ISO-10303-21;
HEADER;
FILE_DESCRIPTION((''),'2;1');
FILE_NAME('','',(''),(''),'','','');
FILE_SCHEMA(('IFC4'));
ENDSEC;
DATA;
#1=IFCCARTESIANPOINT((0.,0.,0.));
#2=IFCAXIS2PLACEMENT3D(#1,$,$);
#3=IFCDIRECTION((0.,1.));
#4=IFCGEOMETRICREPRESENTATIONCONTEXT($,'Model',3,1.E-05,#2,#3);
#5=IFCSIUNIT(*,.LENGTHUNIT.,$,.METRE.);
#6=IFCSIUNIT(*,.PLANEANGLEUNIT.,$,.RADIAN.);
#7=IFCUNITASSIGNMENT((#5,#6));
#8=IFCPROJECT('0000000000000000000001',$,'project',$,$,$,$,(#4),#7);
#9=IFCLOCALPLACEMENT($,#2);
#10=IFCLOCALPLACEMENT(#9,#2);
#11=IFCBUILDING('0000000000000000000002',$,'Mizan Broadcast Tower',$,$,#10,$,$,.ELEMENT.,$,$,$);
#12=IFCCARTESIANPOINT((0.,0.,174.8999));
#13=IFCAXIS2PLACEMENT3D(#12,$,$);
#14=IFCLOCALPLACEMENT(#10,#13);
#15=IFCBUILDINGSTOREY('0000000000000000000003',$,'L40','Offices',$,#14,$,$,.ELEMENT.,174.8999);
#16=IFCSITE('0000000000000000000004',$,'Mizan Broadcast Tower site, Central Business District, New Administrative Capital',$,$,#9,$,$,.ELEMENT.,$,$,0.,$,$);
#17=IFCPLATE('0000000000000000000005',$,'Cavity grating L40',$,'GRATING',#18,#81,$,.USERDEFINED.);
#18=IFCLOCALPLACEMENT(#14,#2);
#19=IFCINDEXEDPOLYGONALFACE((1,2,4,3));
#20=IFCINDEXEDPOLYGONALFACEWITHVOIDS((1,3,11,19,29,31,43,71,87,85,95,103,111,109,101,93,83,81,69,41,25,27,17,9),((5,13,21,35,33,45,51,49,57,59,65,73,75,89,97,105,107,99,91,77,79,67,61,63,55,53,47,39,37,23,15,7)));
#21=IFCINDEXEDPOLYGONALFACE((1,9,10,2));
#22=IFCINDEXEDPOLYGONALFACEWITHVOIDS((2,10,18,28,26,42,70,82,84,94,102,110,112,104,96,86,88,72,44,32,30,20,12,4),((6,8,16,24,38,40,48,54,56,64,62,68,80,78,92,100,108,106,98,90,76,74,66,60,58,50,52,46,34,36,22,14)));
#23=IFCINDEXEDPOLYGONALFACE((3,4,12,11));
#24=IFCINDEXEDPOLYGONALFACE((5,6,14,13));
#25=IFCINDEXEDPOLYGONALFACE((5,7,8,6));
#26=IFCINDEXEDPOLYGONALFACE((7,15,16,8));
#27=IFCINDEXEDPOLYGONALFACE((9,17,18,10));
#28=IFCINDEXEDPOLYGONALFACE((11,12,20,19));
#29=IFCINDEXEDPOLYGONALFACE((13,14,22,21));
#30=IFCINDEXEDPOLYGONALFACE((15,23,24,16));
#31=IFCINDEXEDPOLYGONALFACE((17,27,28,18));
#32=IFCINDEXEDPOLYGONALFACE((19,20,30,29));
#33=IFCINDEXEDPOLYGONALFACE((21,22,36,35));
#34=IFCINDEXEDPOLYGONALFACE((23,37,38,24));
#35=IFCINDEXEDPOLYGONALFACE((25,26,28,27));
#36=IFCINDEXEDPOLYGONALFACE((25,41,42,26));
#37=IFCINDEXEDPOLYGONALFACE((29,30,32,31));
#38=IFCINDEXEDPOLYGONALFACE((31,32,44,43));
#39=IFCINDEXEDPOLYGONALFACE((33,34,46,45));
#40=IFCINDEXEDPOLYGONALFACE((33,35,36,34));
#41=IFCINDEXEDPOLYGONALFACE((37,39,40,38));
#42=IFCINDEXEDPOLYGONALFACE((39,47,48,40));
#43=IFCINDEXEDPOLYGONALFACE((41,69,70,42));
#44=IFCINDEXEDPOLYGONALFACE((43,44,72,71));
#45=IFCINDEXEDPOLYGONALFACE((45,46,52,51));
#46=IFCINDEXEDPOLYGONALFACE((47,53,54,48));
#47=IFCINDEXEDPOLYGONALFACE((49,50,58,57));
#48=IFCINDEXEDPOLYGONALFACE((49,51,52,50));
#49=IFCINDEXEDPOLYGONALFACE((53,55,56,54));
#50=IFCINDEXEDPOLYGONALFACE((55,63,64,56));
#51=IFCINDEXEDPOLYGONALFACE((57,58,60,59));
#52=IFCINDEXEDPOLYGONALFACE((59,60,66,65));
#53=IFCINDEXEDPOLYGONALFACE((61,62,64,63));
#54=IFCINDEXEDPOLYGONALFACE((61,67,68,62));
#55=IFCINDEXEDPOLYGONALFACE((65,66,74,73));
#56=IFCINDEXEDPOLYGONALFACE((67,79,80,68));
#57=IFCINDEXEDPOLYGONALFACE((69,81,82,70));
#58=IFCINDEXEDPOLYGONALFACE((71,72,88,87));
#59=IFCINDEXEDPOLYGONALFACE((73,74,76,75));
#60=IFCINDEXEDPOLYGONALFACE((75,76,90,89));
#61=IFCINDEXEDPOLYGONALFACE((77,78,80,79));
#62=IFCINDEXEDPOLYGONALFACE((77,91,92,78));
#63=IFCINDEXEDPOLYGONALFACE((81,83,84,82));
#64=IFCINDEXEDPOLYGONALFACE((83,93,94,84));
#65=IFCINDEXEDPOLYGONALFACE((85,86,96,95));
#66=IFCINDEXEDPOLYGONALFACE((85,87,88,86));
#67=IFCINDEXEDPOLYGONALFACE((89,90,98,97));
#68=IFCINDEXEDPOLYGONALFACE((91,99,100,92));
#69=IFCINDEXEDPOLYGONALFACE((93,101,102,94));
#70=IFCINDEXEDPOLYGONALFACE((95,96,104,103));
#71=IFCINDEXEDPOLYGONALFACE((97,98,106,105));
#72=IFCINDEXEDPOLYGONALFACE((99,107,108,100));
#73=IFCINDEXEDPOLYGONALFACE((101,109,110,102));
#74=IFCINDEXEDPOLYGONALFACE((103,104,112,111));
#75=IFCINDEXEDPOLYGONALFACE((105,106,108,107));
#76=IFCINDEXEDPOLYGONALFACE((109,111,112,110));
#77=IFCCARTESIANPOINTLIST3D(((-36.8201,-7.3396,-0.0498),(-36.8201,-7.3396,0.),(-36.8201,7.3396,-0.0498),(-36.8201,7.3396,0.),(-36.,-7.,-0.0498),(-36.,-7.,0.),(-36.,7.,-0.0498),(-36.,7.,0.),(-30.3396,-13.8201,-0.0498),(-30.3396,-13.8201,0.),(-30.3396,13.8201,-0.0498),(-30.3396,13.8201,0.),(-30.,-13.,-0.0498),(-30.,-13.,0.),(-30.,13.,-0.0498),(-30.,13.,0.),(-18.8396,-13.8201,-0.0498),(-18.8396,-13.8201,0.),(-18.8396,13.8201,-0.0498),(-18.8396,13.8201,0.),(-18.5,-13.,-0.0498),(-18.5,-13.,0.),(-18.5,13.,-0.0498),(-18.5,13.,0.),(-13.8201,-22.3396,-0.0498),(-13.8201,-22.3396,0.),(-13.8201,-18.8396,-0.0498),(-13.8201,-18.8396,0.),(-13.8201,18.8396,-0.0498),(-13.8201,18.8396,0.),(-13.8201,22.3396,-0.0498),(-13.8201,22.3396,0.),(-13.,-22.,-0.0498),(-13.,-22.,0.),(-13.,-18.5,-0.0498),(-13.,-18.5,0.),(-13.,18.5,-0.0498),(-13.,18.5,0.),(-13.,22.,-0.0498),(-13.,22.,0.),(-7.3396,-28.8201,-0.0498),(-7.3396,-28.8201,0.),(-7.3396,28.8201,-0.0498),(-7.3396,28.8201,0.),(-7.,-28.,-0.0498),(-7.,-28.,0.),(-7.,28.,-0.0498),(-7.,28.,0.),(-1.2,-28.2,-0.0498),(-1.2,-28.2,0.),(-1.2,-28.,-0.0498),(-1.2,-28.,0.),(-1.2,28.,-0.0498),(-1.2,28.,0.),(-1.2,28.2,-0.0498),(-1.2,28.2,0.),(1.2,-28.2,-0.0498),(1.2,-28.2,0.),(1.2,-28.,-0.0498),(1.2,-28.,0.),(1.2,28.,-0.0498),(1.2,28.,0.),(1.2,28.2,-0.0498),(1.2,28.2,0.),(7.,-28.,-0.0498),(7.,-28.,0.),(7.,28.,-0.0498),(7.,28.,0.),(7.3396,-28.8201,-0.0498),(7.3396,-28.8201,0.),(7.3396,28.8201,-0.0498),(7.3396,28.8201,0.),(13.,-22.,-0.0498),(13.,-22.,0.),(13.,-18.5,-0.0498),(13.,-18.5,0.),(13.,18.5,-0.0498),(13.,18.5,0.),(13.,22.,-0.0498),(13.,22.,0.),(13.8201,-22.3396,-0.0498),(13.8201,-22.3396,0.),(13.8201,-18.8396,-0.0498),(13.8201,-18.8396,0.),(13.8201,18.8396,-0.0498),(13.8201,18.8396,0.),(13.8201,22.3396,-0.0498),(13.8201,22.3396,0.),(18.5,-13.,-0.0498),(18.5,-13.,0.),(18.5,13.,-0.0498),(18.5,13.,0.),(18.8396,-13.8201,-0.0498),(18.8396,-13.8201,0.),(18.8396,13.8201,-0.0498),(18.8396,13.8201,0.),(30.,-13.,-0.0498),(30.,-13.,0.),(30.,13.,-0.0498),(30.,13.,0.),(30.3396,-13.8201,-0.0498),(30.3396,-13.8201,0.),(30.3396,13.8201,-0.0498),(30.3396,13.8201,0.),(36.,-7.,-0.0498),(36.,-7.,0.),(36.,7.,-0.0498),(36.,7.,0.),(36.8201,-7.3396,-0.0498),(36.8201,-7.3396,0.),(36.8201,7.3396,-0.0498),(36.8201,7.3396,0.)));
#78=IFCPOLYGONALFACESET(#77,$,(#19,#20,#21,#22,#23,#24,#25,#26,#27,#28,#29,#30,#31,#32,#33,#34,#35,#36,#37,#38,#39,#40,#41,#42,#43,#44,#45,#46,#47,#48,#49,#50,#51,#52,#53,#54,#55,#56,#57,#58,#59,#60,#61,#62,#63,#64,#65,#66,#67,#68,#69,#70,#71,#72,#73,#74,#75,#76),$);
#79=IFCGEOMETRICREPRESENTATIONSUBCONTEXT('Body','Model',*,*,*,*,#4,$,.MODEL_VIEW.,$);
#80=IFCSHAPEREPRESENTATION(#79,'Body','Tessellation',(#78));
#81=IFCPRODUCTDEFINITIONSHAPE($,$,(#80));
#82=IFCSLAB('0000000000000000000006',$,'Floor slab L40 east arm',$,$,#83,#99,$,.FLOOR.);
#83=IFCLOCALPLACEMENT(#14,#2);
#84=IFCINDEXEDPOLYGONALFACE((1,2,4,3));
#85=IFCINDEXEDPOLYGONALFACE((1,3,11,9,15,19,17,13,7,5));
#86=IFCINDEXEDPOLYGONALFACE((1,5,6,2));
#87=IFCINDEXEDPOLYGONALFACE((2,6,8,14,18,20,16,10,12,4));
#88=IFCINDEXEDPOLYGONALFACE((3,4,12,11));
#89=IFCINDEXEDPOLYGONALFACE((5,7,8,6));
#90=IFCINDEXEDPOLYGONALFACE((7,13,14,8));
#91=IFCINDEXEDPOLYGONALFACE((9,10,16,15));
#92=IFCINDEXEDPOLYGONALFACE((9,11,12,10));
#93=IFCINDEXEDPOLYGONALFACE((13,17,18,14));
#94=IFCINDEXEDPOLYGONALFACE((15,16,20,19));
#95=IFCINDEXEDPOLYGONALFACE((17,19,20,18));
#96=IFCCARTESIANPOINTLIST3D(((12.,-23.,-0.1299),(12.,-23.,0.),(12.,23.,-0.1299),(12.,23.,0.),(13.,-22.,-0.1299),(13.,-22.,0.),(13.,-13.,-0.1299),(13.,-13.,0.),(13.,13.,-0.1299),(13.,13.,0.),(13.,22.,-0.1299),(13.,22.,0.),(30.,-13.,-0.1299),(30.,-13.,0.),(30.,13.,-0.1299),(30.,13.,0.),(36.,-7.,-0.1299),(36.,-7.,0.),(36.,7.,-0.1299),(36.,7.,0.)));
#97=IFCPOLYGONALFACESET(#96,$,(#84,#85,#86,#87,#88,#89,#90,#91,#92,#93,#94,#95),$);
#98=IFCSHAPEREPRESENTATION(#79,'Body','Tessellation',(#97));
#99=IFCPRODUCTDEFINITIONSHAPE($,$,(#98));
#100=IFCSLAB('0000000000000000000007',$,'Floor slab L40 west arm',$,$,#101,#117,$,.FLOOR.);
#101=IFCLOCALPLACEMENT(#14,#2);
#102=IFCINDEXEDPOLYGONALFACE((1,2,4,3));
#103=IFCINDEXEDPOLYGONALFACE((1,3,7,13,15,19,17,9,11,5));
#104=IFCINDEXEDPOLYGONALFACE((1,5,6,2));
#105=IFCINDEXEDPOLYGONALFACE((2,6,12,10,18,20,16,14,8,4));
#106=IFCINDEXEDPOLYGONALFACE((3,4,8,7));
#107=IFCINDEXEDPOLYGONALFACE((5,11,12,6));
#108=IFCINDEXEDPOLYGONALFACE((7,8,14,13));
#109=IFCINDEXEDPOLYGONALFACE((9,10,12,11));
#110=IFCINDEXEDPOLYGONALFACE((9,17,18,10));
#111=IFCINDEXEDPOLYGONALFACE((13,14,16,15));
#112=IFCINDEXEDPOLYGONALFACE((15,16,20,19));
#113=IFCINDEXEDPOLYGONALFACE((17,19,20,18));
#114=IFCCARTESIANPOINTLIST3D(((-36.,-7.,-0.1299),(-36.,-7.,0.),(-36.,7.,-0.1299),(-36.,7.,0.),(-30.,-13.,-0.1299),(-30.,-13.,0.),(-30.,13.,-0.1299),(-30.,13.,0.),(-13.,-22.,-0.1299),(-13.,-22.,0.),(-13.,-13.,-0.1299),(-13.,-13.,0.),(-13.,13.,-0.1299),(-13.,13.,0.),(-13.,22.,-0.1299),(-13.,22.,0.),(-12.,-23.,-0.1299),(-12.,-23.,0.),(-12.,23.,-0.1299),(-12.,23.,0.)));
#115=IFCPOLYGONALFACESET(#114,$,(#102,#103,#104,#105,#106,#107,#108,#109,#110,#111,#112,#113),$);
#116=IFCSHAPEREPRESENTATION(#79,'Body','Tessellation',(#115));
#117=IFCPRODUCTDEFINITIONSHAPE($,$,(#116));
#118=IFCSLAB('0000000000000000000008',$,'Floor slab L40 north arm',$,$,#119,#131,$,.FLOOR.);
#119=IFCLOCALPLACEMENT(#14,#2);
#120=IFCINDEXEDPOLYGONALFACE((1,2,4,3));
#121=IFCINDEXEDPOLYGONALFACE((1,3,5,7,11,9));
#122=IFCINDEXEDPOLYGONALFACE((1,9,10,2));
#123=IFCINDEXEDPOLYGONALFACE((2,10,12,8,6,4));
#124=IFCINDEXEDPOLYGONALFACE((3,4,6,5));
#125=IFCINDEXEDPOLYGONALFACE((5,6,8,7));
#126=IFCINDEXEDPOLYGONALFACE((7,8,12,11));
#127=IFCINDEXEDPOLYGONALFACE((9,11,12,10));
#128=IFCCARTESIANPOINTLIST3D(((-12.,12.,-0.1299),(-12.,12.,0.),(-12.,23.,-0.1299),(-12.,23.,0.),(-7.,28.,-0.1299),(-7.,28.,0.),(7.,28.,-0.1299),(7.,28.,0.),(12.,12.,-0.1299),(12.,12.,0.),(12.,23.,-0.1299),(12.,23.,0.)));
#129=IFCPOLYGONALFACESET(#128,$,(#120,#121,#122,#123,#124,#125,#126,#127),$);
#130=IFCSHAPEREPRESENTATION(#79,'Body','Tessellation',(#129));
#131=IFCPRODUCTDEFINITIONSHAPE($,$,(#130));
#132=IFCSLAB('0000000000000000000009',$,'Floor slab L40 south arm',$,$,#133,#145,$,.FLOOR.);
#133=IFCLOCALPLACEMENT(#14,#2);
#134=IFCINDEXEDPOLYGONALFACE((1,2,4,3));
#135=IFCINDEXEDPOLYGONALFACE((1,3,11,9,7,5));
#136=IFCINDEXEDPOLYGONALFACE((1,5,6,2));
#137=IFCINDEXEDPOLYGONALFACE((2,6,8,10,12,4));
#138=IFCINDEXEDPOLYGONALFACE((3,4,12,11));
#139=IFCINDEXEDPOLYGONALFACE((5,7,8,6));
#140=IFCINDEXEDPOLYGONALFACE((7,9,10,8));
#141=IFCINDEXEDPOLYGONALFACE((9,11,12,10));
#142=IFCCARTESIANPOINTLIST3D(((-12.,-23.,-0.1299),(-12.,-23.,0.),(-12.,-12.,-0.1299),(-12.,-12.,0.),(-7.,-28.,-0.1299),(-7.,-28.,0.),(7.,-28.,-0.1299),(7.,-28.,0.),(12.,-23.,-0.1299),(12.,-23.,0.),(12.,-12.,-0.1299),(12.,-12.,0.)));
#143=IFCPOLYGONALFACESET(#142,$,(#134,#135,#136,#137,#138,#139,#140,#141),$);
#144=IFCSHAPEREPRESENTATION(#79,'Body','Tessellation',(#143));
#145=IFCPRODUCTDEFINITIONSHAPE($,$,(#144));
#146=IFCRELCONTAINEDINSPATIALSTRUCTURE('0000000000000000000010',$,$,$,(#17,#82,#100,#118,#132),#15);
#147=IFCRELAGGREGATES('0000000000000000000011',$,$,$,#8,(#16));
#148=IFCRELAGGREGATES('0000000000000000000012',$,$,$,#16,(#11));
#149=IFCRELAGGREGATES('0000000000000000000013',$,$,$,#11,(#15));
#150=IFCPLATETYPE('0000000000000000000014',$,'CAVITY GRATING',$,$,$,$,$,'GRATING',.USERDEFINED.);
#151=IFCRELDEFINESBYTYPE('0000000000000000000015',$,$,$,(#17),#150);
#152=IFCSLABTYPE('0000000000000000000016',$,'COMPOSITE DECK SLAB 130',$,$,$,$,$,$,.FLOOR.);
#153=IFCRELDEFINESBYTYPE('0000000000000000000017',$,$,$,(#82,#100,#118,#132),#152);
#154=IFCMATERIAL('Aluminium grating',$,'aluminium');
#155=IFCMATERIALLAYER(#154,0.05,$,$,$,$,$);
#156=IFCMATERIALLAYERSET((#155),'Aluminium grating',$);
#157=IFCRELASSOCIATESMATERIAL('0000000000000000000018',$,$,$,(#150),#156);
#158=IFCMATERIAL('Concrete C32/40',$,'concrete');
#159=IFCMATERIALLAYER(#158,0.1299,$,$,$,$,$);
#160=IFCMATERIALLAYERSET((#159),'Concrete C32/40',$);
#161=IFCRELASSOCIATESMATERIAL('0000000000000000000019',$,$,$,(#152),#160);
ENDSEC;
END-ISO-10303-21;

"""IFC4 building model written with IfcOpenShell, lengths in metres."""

from ifc_helpers import new_model, si_unit, direction, frame, origin, place, context, subcontext, project, spatial, polyline, outline, extrude, material, layer, layer_set, type_object, element, save


model = new_model("IFC4")

# Units and contexts
model_context = context("Model", 3, precision=1e-05, world=origin(), true_north=direction((0.0, 1.0)))
body_context = subcontext(model_context, "Body", "Model", "MODEL_VIEW")
ifc_project = project(units=[si_unit("LENGTHUNIT", "METRE"), si_unit("PLANEANGLEUNIT", "RADIAN")], contexts=[model_context])

# Site, building, storey
site_placement = place(None, origin())
site = spatial("IfcSite", under=ifc_project, at=site_placement, Name="Mizan Broadcast Tower site, Central Business District, New Administrative Capital", CompositionType="ELEMENT", RefElevation=0.0)
building_placement = place(site_placement, origin())
building = spatial("IfcBuilding", under=site, at=building_placement, Name="Mizan Broadcast Tower", CompositionType="ELEMENT")
storey_placement = place(building_placement, frame((0.0, 0.0, 174.8999)))
storey = spatial("IfcBuildingStorey", under=building, at=storey_placement, Name="L40", Description="Offices", CompositionType="ELEMENT", Elevation=174.8999)

# Plate
ifc_material_1 = material(Name="Aluminium grating", Category="aluminium")
ifc_layer_1 = layer(ifc_material_1, 0.05)
ifc_layer_set_1 = layer_set([ifc_layer_1], Name="Aluminium grating")
plate_type = type_object("IfcPlateType", Name="CAVITY GRATING", ElementType="GRATING", PredefinedType="USERDEFINED", material=ifc_layer_set_1)
plate_placement = place(storey_placement, frame((0.0, 0.0, -0.0498)))
element("IfcPlate", 1, at=plate_placement, inside=storey, type_object=plate_type, Name="Cavity grating L40", ObjectType="GRATING", PredefinedType="USERDEFINED", context=body_context, shape_type="SweptSolid", body=[
    extrude(outline(polyline([(13.8201, -18.8396), (18.8396, -13.8201), (30.3396, -13.8201), (36.8201, -7.3396), (36.8201, 7.3396), (30.3396, 13.8201), (18.8396, 13.8201), (13.8201, 18.8396), (13.8201, 22.3396), (7.3396, 28.8201), (-7.3396, 28.8201), (-13.8201, 22.3396), (-13.8201, 18.8396), (-18.8396, 13.8201), (-30.3396, 13.8201), (-36.8201, 7.3396), (-36.8201, -7.3396), (-30.3396, -13.8201), (-18.8396, -13.8201), (-13.8201, -18.8396), (-13.8201, -22.3396), (-7.3396, -28.8201), (7.3396, -28.8201), (13.8201, -22.3396), (13.8201, -18.8396)]), holes=[polyline([(36.0, 7.0), (36.0, -7.0), (30.0, -13.0), (18.5, -13.0), (13.0, -18.5), (13.0, -22.0), (7.0, -28.0), (1.2, -28.0), (1.2, -28.2), (-1.2, -28.2), (-1.2, -28.0), (-7.0, -28.0), (-13.0, -22.0), (-13.0, -18.5), (-18.5, -13.0), (-30.0, -13.0), (-36.0, -7.0), (-36.0, 7.0), (-30.0, 13.0), (-18.5, 13.0), (-13.0, 18.5), (-13.0, 22.0), (-7.0, 28.0), (-1.2, 28.0), (-1.2, 28.2), (1.2, 28.2), (1.2, 28.0), (7.0, 28.0), (13.0, 22.0), (13.0, 18.5), (18.5, 13.0), (30.0, 13.0), (36.0, 7.0)])]), origin(), (0.0, 0.0, 1.0), 0.0498),
])

# Slabs
ifc_material_2 = material(Name="Concrete C32/40", Category="concrete")
ifc_layer_2 = layer(ifc_material_2, 0.1299)
ifc_layer_set_2 = layer_set([ifc_layer_2], Name="Concrete C32/40")
slab_type_1 = type_object("IfcSlabType", Name="COMPOSITE DECK SLAB 130", PredefinedType="FLOOR", material=ifc_layer_set_2)
slab_1_placement = place(storey_placement, frame((0.0, 0.0, -0.1299)))
element("IfcSlab", 2, at=slab_1_placement, inside=storey, type_object=slab_type_1, Name="Floor slab L40 east arm", PredefinedType="FLOOR", context=body_context, shape_type="SweptSolid", body=[
    extrude(outline(polyline([(12.0, -23.0), (13.0, -22.0), (13.0, -13.0), (30.0, -13.0), (36.0, -7.0), (36.0, 7.0), (30.0, 13.0), (13.0, 13.0), (13.0, 22.0), (12.0, 23.0), (12.0, -23.0)])), origin(), (0.0, 0.0, 1.0), 0.1299),
])
slab_2_placement = place(storey_placement, frame((0.0, 0.0, -0.1299)))
element("IfcSlab", 3, at=slab_2_placement, inside=storey, type_object=slab_type_1, Name="Floor slab L40 west arm", PredefinedType="FLOOR", context=body_context, shape_type="SweptSolid", body=[
    extrude(outline(polyline([(-13.0, -22.0), (-12.0, -23.0), (-12.0, 23.0), (-13.0, 22.0), (-13.0, 13.0), (-30.0, 13.0), (-36.0, 7.0), (-36.0, -7.0), (-30.0, -13.0), (-13.0, -13.0), (-13.0, -22.0)])), origin(), (0.0, 0.0, 1.0), 0.1299),
])
slab_3_placement = place(storey_placement, frame((0.0, 0.0, -0.1299)))
element("IfcSlab", 4, at=slab_3_placement, inside=storey, type_object=slab_type_1, Name="Floor slab L40 north arm", PredefinedType="FLOOR", context=body_context, shape_type="SweptSolid", body=[
    extrude(outline(polyline([(-7.0, 28.0), (-12.0, 23.0), (-12.0, 12.0), (12.0, 12.0), (12.0, 23.0), (7.0, 28.0), (-7.0, 28.0)])), origin(), (0.0, 0.0, 1.0), 0.1299),
])
slab_4_placement = place(storey_placement, frame((0.0, 0.0, -0.1299)))
element("IfcSlab", 5, at=slab_4_placement, inside=storey, type_object=slab_type_1, Name="Floor slab L40 south arm", PredefinedType="FLOOR", context=body_context, shape_type="SweptSolid", body=[
    extrude(outline(polyline([(7.0, -28.0), (12.0, -23.0), (12.0, -12.0), (-12.0, -12.0), (-12.0, -23.0), (-7.0, -28.0), (7.0, -28.0)])), origin(), (0.0, 0.0, 1.0), 0.1299),
])

save(model, "model.ifc")
